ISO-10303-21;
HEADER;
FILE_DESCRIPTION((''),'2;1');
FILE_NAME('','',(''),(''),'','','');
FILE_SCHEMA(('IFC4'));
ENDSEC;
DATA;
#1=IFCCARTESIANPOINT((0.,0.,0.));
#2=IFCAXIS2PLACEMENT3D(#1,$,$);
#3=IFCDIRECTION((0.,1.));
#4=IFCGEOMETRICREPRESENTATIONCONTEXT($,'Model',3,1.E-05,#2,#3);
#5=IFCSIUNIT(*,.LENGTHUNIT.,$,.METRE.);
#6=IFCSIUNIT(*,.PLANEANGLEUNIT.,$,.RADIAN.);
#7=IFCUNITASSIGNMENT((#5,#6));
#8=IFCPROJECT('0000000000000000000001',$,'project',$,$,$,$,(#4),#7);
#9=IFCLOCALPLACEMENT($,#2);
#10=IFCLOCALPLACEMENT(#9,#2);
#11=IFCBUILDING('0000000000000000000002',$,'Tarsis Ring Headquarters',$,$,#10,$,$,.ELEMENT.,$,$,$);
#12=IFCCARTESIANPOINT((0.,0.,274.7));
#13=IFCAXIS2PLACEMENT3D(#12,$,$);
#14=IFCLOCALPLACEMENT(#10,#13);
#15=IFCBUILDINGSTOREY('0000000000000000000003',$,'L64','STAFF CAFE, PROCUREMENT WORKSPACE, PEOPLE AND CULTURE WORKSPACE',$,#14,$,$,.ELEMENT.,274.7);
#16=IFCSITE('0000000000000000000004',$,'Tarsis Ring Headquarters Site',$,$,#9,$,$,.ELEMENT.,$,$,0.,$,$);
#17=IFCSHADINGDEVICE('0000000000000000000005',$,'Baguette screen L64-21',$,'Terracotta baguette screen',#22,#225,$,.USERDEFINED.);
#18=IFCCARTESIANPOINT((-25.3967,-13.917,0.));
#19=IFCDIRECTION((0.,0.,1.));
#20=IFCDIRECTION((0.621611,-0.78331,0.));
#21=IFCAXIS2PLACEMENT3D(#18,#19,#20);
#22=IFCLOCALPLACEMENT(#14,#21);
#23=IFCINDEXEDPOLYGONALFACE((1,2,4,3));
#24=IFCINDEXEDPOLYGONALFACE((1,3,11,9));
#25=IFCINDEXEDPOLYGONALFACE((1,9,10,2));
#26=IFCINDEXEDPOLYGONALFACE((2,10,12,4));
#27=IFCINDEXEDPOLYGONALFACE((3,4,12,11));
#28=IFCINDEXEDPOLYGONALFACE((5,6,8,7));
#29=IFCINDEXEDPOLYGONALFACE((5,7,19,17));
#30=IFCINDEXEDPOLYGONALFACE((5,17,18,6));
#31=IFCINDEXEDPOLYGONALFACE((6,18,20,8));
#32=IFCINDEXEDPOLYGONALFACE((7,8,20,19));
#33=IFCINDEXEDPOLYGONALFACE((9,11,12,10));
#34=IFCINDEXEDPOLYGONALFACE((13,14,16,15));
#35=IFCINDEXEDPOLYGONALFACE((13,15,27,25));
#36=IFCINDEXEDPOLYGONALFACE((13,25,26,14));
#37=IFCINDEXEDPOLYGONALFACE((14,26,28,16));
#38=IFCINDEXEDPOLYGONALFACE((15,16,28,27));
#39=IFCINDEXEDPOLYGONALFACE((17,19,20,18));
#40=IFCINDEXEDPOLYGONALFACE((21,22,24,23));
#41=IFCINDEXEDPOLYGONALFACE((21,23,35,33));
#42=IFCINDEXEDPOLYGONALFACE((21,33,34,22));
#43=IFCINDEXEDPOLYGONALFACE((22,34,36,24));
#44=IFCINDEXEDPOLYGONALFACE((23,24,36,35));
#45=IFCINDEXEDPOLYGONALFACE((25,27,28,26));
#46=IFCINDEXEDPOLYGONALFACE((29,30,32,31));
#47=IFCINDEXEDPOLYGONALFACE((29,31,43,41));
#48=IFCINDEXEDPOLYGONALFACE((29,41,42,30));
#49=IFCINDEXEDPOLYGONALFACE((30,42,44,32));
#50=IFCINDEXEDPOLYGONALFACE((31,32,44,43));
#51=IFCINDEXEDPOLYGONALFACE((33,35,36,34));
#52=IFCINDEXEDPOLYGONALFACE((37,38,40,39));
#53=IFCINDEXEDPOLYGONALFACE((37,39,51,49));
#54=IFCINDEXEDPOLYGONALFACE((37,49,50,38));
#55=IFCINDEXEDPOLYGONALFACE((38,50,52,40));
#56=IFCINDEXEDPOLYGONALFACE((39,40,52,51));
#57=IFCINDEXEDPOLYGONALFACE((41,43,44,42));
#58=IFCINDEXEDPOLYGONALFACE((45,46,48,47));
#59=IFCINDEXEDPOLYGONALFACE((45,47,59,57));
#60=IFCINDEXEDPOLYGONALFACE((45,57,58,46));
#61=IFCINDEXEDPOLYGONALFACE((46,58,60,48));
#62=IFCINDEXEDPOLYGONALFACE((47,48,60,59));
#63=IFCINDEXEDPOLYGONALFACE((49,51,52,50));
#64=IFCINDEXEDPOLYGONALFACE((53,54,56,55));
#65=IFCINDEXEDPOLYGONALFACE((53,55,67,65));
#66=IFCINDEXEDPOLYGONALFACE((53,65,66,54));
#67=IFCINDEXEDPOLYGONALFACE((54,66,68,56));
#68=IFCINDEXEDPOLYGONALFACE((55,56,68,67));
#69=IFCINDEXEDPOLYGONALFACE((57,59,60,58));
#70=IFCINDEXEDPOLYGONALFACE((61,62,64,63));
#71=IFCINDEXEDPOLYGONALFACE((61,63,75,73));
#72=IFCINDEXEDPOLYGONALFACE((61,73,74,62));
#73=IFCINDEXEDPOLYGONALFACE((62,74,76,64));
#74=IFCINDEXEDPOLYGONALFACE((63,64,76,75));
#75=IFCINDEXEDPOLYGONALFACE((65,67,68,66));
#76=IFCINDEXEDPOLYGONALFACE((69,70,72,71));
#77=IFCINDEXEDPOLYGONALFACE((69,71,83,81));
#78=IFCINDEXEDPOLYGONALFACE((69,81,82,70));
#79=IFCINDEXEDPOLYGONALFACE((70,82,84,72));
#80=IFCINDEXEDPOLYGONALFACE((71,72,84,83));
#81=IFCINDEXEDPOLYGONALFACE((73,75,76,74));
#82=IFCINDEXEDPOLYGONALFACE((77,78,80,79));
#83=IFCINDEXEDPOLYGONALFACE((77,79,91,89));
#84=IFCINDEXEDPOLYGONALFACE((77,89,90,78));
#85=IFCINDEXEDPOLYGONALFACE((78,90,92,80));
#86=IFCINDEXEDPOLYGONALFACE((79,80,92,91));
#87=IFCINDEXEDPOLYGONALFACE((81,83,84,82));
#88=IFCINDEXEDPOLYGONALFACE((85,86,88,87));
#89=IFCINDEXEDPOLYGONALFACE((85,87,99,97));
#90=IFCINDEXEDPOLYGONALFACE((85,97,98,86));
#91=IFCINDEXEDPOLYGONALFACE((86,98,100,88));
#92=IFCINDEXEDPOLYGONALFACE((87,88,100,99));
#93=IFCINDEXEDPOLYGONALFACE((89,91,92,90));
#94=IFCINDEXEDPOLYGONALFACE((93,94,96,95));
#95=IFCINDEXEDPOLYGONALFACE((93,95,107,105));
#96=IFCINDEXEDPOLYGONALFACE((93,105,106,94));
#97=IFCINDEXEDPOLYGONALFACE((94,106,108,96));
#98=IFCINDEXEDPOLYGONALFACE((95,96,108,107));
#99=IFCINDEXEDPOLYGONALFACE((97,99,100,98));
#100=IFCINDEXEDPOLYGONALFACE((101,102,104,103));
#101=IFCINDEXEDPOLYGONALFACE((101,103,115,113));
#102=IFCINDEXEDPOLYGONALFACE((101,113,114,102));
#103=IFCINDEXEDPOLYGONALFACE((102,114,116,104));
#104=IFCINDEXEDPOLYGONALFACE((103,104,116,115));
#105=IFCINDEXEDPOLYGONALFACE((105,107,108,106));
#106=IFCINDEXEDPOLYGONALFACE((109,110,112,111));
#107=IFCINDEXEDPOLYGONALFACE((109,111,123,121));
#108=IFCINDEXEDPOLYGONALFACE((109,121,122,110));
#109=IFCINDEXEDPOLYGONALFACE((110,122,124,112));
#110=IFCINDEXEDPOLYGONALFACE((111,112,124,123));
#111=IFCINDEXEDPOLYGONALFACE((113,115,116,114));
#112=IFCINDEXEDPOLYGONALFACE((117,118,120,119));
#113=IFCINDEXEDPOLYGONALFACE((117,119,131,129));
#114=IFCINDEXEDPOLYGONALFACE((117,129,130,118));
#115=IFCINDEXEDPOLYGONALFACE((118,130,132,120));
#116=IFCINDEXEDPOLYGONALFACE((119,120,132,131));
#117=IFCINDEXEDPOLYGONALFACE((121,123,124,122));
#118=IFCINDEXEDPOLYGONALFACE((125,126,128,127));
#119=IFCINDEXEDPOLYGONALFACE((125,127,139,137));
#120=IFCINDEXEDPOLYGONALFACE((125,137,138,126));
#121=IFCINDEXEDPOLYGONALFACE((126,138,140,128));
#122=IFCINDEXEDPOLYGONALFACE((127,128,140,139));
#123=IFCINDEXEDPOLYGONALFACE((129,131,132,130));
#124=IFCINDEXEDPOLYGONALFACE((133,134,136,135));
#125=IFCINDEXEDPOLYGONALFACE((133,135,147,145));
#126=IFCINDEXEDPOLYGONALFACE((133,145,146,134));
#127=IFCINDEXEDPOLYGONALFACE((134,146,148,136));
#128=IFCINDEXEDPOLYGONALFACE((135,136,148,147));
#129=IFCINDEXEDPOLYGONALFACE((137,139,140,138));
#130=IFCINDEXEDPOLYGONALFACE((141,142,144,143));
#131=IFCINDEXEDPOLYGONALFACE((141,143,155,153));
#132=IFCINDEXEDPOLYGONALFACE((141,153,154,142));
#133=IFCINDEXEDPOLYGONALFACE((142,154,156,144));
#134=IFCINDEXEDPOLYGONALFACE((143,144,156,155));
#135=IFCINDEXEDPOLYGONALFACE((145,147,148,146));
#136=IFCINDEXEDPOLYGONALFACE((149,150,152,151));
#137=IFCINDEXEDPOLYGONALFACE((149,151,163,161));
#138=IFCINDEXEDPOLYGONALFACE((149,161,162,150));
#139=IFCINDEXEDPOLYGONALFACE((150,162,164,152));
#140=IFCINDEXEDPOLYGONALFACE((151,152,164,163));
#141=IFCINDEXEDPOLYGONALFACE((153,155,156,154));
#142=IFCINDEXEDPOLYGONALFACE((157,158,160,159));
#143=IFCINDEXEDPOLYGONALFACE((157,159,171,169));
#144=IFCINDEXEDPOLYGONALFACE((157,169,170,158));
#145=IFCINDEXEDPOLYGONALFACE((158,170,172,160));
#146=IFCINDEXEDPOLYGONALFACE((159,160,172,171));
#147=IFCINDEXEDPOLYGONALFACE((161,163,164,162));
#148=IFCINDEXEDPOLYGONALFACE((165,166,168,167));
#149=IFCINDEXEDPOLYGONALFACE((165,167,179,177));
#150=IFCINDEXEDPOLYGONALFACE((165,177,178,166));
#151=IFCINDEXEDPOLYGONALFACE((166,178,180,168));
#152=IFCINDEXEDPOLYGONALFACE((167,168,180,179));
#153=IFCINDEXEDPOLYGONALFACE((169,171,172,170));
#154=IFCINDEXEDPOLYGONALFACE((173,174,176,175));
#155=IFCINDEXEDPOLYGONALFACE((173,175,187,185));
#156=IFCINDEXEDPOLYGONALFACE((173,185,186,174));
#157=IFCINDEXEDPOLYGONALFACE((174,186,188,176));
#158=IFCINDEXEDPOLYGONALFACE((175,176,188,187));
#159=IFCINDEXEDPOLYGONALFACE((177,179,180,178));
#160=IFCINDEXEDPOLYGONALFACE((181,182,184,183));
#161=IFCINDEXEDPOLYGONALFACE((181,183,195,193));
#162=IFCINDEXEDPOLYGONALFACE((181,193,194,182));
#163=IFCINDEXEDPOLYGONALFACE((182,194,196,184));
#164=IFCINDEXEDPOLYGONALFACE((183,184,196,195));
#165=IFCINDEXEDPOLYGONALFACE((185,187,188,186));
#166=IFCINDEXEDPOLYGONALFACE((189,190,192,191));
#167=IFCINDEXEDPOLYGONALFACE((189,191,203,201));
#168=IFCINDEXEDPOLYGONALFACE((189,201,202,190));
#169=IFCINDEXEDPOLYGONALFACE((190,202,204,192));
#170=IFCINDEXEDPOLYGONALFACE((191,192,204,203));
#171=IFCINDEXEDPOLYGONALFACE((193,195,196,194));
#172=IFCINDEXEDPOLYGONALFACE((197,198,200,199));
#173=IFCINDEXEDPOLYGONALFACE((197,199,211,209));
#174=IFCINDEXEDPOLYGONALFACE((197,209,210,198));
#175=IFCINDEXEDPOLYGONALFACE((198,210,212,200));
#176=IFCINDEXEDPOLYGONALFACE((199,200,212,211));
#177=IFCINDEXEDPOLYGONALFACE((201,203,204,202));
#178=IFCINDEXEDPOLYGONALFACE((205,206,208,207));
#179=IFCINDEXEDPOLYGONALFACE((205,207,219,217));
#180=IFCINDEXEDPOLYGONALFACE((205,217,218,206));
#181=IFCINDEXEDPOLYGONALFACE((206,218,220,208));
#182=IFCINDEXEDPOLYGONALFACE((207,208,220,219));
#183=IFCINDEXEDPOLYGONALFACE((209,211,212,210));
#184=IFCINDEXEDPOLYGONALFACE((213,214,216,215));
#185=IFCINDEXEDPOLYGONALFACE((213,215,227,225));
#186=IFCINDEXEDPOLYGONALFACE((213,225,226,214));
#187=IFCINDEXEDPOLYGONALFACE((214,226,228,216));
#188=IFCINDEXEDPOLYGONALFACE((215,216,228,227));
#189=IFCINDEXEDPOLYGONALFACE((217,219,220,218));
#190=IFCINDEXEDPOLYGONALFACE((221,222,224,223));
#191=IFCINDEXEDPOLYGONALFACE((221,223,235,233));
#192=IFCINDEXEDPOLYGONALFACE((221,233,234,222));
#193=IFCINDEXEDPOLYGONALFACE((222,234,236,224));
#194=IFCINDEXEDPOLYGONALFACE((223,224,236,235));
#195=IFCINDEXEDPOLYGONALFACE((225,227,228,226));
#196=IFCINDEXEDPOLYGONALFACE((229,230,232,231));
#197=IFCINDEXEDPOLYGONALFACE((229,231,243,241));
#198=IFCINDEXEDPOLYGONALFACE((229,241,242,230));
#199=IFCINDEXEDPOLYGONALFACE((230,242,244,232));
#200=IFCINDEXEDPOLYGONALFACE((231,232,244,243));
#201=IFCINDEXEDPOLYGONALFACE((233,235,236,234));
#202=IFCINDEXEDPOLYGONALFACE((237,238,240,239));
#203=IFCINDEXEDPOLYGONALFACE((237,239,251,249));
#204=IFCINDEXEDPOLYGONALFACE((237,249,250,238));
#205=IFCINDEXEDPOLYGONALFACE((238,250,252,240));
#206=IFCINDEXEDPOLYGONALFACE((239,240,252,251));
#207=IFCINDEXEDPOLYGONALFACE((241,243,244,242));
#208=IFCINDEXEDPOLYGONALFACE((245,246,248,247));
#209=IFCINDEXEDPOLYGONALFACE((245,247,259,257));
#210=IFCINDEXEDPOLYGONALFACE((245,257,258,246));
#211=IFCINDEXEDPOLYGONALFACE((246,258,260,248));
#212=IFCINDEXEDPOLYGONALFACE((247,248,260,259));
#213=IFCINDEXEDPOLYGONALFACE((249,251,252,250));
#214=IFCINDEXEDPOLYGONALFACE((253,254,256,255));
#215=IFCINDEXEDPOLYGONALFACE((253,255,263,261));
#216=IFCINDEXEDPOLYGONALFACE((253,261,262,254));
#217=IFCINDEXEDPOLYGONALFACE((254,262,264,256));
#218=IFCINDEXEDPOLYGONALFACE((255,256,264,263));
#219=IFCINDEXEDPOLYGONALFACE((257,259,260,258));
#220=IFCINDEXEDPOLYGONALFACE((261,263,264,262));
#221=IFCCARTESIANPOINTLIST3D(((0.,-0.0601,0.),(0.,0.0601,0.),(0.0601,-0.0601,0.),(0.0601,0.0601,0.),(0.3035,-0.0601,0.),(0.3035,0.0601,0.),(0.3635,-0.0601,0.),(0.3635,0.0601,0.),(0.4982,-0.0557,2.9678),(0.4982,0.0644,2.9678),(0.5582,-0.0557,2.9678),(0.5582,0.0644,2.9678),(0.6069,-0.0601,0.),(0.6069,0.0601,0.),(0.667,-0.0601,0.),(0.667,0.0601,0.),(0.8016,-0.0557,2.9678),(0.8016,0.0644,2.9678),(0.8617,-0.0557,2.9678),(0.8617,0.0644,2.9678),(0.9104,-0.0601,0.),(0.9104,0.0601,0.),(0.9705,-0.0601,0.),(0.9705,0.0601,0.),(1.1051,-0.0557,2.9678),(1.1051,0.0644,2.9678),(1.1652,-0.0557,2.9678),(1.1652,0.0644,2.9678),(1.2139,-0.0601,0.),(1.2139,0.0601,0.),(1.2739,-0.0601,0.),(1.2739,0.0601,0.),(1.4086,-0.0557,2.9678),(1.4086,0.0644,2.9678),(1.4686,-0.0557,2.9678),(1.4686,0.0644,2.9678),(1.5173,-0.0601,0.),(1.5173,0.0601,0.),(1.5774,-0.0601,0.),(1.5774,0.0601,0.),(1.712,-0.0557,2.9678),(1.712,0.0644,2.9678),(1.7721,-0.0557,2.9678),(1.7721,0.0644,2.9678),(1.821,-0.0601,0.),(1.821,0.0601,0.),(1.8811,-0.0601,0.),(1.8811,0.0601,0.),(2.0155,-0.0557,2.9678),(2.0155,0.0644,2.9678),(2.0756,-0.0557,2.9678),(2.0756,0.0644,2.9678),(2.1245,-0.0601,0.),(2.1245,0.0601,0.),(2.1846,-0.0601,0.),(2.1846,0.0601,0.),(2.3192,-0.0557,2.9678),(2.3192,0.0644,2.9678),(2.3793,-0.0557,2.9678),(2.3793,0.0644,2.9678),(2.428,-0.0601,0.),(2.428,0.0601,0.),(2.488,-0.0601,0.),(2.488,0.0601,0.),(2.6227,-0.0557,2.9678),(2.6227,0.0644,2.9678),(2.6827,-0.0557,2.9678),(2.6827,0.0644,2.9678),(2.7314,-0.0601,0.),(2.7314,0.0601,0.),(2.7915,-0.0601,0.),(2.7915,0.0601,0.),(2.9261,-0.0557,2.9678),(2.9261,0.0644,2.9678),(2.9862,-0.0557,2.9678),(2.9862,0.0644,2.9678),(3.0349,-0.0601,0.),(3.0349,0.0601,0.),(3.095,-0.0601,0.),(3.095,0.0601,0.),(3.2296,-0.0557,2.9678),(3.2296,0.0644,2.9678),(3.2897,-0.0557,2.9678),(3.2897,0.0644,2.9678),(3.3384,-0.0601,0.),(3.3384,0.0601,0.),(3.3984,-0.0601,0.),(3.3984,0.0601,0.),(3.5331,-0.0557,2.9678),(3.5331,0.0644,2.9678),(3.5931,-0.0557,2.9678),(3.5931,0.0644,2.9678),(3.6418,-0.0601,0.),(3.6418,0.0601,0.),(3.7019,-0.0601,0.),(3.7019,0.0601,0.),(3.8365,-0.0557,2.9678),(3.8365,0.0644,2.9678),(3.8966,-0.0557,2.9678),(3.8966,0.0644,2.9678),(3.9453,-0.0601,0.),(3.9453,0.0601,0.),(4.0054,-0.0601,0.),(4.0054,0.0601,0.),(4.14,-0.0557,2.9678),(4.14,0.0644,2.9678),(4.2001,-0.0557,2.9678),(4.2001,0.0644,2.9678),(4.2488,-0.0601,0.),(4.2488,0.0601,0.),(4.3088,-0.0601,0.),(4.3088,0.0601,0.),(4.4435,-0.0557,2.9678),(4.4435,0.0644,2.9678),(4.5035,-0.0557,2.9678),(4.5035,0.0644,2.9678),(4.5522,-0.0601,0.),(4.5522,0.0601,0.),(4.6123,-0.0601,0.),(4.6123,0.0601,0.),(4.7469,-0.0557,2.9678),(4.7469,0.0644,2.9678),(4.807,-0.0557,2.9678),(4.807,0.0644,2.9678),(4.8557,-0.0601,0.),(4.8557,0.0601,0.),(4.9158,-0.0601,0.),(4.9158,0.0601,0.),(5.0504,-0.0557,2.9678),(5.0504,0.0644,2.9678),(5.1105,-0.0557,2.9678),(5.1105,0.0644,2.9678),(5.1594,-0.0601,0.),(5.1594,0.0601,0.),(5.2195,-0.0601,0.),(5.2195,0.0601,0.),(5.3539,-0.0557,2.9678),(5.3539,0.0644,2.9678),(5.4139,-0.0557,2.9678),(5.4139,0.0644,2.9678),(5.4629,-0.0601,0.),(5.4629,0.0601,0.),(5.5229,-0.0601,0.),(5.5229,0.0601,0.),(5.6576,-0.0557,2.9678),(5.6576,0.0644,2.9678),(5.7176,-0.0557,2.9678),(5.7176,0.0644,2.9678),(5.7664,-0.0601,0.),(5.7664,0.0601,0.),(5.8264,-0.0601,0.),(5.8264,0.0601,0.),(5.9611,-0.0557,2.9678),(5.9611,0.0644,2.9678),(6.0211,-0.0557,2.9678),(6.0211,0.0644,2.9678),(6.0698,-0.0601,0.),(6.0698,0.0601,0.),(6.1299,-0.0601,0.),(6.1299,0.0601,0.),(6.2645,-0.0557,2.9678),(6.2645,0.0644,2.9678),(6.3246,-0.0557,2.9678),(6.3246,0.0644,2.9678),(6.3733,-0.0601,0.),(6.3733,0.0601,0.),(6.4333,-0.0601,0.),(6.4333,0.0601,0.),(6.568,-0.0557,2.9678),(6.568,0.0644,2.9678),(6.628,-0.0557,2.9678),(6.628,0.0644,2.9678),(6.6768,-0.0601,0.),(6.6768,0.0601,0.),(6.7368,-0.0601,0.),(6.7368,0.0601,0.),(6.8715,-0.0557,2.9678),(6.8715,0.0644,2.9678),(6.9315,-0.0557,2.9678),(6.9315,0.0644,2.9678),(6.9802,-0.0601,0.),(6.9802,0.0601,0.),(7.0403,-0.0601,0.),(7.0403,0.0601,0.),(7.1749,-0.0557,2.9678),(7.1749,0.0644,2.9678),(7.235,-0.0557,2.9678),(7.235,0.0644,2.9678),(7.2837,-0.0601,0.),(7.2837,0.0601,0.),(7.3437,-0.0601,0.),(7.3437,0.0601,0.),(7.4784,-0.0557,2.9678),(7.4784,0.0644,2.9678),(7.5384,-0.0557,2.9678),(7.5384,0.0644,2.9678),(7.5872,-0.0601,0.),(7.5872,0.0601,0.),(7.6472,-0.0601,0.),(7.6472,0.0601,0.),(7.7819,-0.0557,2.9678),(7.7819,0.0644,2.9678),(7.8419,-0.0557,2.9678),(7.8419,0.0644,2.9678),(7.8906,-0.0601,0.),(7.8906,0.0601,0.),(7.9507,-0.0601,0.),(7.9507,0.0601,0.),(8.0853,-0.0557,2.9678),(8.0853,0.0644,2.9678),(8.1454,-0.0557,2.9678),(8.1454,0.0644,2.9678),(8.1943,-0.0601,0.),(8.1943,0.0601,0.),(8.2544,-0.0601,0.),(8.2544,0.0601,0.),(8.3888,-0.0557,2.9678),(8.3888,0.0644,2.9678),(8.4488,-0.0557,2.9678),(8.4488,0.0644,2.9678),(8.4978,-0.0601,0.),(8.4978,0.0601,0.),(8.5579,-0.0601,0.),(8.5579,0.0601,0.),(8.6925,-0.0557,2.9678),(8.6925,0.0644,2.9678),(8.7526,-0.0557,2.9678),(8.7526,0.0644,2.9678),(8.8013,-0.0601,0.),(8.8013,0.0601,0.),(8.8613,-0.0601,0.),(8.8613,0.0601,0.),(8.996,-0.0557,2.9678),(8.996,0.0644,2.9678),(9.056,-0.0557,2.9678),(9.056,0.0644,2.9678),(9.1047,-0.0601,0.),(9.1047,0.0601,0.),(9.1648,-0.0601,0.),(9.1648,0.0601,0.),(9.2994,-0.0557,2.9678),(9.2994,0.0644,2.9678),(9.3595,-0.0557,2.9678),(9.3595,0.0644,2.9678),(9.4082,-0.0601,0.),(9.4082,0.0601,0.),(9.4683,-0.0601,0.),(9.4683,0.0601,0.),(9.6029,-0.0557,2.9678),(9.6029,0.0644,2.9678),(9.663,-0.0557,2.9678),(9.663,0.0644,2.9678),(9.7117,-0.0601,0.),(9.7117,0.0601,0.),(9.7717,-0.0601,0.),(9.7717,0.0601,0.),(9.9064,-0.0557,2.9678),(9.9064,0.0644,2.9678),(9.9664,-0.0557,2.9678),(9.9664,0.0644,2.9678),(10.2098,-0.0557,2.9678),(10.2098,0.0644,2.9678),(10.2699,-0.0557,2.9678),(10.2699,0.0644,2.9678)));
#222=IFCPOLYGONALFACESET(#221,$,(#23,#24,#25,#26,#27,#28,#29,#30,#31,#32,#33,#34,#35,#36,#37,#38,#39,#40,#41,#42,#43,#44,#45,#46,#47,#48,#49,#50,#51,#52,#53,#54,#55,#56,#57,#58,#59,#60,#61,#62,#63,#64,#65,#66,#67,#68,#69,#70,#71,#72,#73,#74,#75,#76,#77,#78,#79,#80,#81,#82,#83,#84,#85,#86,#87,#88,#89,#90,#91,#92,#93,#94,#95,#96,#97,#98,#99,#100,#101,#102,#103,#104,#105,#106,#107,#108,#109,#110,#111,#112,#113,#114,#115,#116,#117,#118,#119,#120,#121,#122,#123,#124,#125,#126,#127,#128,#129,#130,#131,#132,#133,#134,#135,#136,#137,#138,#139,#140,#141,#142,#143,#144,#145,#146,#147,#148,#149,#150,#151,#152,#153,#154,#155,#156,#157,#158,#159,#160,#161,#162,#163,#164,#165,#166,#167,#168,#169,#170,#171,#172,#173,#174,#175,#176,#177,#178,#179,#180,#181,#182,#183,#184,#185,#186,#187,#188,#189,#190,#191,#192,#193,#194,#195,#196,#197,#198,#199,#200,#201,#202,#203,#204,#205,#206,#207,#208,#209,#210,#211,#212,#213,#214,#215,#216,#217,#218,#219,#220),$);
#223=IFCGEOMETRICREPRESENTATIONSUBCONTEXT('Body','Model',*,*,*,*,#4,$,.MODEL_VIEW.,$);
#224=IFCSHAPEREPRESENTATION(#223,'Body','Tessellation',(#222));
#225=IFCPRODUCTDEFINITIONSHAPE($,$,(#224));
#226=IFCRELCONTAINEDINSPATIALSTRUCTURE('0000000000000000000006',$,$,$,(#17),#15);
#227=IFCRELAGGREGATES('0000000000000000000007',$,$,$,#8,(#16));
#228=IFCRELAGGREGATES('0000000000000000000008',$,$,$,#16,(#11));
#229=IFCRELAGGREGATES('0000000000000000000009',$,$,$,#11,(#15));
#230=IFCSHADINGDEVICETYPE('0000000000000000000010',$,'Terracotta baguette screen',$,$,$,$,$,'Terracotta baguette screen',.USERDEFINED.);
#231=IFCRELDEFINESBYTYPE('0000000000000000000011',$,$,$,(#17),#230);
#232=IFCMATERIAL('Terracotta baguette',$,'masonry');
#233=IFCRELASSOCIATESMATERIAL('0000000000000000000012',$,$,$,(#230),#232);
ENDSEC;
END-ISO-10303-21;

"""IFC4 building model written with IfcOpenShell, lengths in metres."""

from ifc_helpers import new_model, si_unit, direction, frame, frame_2d, origin, place, context, subcontext, project, spatial, rectangle, composite_profile, extrude, material, type_object, element, save


model = new_model("IFC4")

# Units and contexts
model_context = context("Model", 3, precision=1e-05, world=origin(), true_north=direction((0.0, 1.0)))
body_context = subcontext(model_context, "Body", "Model", "MODEL_VIEW")
ifc_project = project(units=[si_unit("LENGTHUNIT", "METRE"), si_unit("PLANEANGLEUNIT", "RADIAN")], contexts=[model_context])

# Site, building, storey
site_placement = place(None, origin())
site = spatial("IfcSite", under=ifc_project, at=site_placement, Name="Tarsis Ring Headquarters Site", CompositionType="ELEMENT", RefElevation=0.0)
building_placement = place(site_placement, origin())
building = spatial("IfcBuilding", under=site, at=building_placement, Name="Tarsis Ring Headquarters", CompositionType="ELEMENT")
storey_placement = place(building_placement, frame((0.0, 0.0, 274.7)))
storey = spatial("IfcBuildingStorey", under=building, at=storey_placement, Name="L64", Description="STAFF CAFE, PROCUREMENT WORKSPACE, PEOPLE AND CULTURE WORKSPACE", CompositionType="ELEMENT", Elevation=274.7)

# Shading device
ifc_material_1 = material(Name="Terracotta baguette", Category="masonry")
shading_device_type = type_object("IfcShadingDeviceType", Name="Terracotta baguette screen", ElementType="Terracotta baguette screen", PredefinedType="USERDEFINED", material=ifc_material_1)
shading_device_1_placement = place(storey_placement, frame((-25.3967, -13.917, 0.0), z_axis=(0.0, 0.0, 1.0), x_axis=(0.621611, -0.78331, 0.0)))
element("IfcShadingDevice", 1, at=shading_device_1_placement, inside=storey, type_object=shading_device_type, Name="Baguette screen L64-21", ObjectType="Terracotta baguette screen", PredefinedType="USERDEFINED", context=body_context, shape_type="SweptSolid", body=[
    extrude(composite_profile([rectangle(XDim=0.0601, YDim=0.1201, at=frame_2d((0.03, 0.0))), rectangle(XDim=0.0601, YDim=0.1201, at=frame_2d((0.3335, 0.0))), rectangle(XDim=0.0601, YDim=0.1201, at=frame_2d((0.637, 0.0))), rectangle(XDim=0.0601, YDim=0.1201, at=frame_2d((0.9404, 0.0))), rectangle(XDim=0.0601, YDim=0.1201, at=frame_2d((1.2439, 0.0))), rectangle(XDim=0.0601, YDim=0.1201, at=frame_2d((1.5474, 0.0))), rectangle(XDim=0.0601, YDim=0.1201, at=frame_2d((1.8511, 0.0))), rectangle(XDim=0.0601, YDim=0.1201, at=frame_2d((2.1545, 0.0))), rectangle(XDim=0.0601, YDim=0.1201, at=frame_2d((2.458, 0.0))), rectangle(XDim=0.0601, YDim=0.1201, at=frame_2d((2.7615, 0.0))), rectangle(XDim=0.0601, YDim=0.1201, at=frame_2d((3.0649, 0.0))), rectangle(XDim=0.0601, YDim=0.1201, at=frame_2d((3.3684, 0.0))), rectangle(XDim=0.0601, YDim=0.1201, at=frame_2d((3.6719, 0.0))), rectangle(XDim=0.0601, YDim=0.1201, at=frame_2d((3.9753, 0.0))), rectangle(XDim=0.0601, YDim=0.1201, at=frame_2d((4.2788, 0.0))), rectangle(XDim=0.0601, YDim=0.1201, at=frame_2d((4.5823, 0.0))), rectangle(XDim=0.0601, YDim=0.1201, at=frame_2d((4.8857, 0.0))), rectangle(XDim=0.0601, YDim=0.1201, at=frame_2d((5.1895, 0.0))), rectangle(XDim=0.0601, YDim=0.1201, at=frame_2d((5.4929, 0.0))), rectangle(XDim=0.0601, YDim=0.1201, at=frame_2d((5.7964, 0.0))), rectangle(XDim=0.0601, YDim=0.1201, at=frame_2d((6.0999, 0.0))), rectangle(XDim=0.0601, YDim=0.1201, at=frame_2d((6.4033, 0.0))), rectangle(XDim=0.0601, YDim=0.1201, at=frame_2d((6.7068, 0.0))), rectangle(XDim=0.0601, YDim=0.1201, at=frame_2d((7.0103, 0.0))), rectangle(XDim=0.0601, YDim=0.1201, at=frame_2d((7.3137, 0.0))), rectangle(XDim=0.0601, YDim=0.1201, at=frame_2d((7.6172, 0.0))), rectangle(XDim=0.0601, YDim=0.1201, at=frame_2d((7.9207, 0.0))), rectangle(XDim=0.0601, YDim=0.1201, at=frame_2d((8.2244, 0.0))), rectangle(XDim=0.0601, YDim=0.1201, at=frame_2d((8.5278, 0.0))), rectangle(XDim=0.0601, YDim=0.1201, at=frame_2d((8.8313, 0.0))), rectangle(XDim=0.0601, YDim=0.1201, at=frame_2d((9.1348, 0.0))), rectangle(XDim=0.0601, YDim=0.1201, at=frame_2d((9.4382, 0.0))), rectangle(XDim=0.0601, YDim=0.1201, at=frame_2d((9.7417, 0.0)))]), origin(), (0.165543, 0.001446, 0.986201), 3.0093),
])

save(model, "model.ifc")
